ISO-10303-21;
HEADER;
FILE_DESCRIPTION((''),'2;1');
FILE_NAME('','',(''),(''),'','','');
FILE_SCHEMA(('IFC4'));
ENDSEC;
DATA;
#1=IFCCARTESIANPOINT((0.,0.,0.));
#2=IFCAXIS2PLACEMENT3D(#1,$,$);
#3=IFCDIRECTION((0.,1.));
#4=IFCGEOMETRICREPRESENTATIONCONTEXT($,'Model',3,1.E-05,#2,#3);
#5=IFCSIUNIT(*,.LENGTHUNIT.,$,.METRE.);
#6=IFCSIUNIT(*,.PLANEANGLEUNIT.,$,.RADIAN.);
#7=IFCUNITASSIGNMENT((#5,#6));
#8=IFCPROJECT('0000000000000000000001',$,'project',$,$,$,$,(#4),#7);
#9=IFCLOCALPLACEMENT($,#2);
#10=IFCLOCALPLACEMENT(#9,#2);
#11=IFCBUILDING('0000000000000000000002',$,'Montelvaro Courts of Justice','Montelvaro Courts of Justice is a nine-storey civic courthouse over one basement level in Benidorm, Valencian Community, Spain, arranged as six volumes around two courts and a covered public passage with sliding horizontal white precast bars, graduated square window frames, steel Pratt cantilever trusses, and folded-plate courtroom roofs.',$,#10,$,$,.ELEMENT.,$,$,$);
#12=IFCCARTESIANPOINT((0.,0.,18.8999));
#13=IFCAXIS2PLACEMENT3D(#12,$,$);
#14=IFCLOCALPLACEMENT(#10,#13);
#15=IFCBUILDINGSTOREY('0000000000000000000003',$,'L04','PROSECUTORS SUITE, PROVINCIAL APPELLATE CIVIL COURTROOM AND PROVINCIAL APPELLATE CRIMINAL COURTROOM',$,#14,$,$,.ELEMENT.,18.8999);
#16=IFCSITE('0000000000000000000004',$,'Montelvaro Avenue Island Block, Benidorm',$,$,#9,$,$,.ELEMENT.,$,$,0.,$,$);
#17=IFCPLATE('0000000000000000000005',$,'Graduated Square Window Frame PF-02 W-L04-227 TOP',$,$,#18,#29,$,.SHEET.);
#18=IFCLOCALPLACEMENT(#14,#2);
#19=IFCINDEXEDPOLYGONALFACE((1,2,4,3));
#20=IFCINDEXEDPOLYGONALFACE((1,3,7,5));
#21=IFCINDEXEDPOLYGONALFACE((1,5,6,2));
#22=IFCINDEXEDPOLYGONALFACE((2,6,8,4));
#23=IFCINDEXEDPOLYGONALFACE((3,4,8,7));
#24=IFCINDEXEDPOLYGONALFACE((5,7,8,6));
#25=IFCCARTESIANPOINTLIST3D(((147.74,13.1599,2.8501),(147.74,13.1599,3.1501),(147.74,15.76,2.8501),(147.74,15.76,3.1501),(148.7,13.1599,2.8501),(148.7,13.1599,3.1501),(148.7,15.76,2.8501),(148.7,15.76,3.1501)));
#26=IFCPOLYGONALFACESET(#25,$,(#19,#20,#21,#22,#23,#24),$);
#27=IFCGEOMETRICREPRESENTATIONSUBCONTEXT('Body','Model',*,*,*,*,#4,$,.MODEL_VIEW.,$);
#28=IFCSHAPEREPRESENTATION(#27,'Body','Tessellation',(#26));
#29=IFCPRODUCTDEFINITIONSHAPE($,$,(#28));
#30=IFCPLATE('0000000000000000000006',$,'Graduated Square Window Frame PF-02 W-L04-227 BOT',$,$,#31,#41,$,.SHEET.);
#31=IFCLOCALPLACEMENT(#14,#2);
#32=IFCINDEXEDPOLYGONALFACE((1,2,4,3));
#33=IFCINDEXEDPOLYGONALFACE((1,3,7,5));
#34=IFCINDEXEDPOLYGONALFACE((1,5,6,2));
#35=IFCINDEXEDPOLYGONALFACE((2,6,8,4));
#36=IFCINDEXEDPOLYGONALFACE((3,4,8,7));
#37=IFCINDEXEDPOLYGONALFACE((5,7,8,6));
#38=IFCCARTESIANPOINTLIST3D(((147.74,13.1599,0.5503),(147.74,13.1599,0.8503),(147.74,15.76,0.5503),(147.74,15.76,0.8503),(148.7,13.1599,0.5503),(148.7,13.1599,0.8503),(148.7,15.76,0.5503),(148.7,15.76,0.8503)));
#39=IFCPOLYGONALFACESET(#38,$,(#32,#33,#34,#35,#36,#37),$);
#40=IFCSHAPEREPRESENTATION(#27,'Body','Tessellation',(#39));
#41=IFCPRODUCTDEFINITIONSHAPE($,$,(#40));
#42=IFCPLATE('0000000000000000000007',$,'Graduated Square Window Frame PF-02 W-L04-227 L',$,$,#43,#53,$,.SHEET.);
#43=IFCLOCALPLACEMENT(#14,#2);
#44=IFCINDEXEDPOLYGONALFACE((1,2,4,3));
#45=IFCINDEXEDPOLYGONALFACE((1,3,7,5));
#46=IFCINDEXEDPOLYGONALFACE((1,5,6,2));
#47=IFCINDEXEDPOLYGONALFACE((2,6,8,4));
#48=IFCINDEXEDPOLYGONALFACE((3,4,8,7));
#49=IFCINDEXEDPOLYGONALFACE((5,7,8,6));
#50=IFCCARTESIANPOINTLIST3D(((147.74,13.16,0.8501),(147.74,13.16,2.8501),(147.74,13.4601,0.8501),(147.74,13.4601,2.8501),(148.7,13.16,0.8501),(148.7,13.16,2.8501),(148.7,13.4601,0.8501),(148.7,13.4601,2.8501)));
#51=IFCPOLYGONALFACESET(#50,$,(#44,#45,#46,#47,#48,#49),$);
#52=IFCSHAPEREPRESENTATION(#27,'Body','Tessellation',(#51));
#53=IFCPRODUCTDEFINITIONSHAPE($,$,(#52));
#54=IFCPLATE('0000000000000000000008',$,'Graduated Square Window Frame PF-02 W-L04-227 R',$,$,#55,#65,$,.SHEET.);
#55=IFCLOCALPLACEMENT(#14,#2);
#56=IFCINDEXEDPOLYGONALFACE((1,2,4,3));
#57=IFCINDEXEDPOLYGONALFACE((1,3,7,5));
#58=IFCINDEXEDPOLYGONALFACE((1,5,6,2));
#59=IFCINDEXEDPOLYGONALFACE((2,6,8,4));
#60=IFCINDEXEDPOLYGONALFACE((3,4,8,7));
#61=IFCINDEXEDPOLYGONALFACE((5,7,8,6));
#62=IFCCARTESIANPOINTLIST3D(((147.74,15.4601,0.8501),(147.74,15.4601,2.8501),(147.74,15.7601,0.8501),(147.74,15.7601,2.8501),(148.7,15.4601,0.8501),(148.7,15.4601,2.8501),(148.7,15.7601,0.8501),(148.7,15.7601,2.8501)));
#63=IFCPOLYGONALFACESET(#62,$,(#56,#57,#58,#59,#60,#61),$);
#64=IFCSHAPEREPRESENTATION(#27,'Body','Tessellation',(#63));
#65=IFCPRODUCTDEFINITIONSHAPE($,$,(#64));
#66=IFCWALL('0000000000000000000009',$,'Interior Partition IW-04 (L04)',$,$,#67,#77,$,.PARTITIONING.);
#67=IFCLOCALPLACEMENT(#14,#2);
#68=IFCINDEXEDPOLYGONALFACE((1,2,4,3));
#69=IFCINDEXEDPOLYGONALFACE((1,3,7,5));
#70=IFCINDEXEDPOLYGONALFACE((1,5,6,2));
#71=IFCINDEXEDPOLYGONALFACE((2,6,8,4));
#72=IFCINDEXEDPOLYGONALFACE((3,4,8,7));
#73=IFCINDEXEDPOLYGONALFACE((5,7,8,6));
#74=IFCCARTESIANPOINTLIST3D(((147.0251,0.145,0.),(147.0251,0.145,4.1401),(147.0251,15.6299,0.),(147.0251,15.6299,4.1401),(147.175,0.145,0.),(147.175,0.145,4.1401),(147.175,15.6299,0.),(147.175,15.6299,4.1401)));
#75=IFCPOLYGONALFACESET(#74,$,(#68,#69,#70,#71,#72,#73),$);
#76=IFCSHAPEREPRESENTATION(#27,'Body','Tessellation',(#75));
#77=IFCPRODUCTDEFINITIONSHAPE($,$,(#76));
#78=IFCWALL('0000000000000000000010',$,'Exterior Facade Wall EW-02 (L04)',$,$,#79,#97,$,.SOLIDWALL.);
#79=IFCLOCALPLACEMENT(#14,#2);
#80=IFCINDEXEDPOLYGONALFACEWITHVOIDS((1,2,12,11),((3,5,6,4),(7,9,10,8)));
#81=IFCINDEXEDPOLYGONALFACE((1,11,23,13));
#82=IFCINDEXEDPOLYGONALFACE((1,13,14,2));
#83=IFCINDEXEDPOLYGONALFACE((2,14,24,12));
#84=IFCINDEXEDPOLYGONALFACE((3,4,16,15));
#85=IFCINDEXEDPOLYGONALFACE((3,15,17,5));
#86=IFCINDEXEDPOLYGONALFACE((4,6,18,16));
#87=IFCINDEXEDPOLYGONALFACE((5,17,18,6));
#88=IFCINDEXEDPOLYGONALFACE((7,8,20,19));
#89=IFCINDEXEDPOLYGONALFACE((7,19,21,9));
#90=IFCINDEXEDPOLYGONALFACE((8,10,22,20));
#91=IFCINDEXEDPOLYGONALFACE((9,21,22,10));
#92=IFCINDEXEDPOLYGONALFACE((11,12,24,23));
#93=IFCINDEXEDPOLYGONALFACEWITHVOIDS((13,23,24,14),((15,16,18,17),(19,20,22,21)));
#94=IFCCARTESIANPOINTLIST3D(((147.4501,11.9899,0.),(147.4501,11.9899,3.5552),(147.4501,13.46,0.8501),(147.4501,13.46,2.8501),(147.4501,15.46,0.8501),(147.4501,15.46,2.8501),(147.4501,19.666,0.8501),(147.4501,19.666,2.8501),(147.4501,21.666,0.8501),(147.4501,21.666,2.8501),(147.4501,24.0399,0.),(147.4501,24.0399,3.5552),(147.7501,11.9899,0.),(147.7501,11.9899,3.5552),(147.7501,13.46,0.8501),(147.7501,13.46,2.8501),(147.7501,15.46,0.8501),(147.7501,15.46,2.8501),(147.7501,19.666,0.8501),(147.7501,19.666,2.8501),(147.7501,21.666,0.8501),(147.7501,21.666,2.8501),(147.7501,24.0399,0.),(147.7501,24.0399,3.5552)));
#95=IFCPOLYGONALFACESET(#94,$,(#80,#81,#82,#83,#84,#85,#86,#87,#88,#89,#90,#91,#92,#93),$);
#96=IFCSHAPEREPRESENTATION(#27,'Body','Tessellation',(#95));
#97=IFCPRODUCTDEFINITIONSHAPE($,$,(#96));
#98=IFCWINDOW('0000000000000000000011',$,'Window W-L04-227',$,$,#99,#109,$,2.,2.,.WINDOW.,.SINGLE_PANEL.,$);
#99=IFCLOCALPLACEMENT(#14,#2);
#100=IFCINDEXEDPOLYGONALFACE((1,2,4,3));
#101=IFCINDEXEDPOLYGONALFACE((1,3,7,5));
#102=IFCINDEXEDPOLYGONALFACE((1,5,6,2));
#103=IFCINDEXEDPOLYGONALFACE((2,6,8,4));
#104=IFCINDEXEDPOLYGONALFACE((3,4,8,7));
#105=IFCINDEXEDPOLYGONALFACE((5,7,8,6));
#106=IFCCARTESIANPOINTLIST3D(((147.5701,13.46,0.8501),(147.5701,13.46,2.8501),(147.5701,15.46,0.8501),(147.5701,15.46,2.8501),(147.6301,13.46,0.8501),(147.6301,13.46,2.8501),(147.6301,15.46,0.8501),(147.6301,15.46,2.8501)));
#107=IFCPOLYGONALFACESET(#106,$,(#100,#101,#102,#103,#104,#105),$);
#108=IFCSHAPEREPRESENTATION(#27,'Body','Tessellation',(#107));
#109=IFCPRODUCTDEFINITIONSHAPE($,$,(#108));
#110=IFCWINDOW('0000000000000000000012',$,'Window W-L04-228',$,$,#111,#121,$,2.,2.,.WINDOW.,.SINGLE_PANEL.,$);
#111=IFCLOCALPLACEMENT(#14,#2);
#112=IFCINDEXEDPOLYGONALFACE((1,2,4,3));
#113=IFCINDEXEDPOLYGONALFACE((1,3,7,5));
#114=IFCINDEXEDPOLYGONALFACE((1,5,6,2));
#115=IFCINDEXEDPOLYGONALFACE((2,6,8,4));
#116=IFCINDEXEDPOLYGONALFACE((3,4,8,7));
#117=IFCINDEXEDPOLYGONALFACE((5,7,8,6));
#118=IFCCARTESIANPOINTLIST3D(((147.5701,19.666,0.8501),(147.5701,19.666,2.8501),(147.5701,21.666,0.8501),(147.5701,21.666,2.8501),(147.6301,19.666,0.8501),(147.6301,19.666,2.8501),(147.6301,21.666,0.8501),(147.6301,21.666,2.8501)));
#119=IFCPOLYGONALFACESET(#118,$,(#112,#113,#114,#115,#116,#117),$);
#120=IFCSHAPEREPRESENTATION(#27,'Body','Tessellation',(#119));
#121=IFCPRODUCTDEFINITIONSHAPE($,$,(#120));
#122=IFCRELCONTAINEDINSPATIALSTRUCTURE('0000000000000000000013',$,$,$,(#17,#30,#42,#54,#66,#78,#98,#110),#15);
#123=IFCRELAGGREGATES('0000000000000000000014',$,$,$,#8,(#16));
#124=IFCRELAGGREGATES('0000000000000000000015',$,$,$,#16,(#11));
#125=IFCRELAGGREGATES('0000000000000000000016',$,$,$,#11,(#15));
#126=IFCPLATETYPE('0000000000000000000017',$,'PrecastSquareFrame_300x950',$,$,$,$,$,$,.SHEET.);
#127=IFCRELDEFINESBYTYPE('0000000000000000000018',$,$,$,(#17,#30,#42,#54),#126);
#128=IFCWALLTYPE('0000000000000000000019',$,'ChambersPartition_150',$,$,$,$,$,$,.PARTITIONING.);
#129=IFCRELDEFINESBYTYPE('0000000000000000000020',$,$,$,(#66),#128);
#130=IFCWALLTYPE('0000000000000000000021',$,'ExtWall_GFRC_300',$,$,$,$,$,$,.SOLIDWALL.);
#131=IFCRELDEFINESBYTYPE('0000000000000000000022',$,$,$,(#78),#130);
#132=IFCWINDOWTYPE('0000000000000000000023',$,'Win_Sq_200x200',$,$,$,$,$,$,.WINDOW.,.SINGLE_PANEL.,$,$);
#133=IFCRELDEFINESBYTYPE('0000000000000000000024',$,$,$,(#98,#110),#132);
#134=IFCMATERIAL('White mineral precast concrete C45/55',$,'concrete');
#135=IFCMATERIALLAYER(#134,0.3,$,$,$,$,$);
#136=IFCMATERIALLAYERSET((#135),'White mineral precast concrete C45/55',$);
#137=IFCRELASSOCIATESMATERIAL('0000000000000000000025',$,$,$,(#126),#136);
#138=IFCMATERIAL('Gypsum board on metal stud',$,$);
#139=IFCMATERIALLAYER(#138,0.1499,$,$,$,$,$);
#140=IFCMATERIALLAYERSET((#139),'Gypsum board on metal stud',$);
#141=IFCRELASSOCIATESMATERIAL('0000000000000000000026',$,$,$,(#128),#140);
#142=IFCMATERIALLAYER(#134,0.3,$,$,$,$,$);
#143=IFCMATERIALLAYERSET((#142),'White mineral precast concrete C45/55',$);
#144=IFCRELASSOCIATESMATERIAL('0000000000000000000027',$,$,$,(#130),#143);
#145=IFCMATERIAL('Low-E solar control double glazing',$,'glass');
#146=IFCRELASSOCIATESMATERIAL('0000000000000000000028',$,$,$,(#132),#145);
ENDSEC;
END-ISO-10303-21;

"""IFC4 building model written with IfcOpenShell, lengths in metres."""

from ifc_helpers import new_model, si_unit, direction, frame, frame_2d, origin, origin_2d, place, context, subcontext, project, spatial, rectangle, extrude, material, layer, layer_set, type_object, element, fill, save


model = new_model("IFC4")

# Units and contexts
model_context = context("Model", 3, precision=1e-05, world=origin(), true_north=direction((0.0, 1.0)))
body_context = subcontext(model_context, "Body", "Model", "MODEL_VIEW")
ifc_project = project(units=[si_unit("LENGTHUNIT", "METRE"), si_unit("PLANEANGLEUNIT", "RADIAN")], contexts=[model_context])

# Site, building, storey
site_placement = place(None, origin())
site = spatial("IfcSite", under=ifc_project, at=site_placement, Name="Montelvaro Avenue Island Block, Benidorm", CompositionType="ELEMENT", RefElevation=0.0)
building_placement = place(site_placement, origin())
building = spatial("IfcBuilding", under=site, at=building_placement, Name="Montelvaro Courts of Justice", Description="Montelvaro Courts of Justice is a nine-storey civic courthouse over one basement level in Benidorm, Valencian Community, Spain, arranged as six volumes around two courts and a covered public passage with sliding horizontal white precast bars, graduated square window frames, steel Pratt cantilever trusses, and folded-plate courtroom roofs.", CompositionType="ELEMENT")
storey_placement = place(building_placement, frame((0.0, 0.0, 18.8999)))
storey = spatial("IfcBuildingStorey", under=building, at=storey_placement, Name="L04", Description="PROSECUTORS SUITE, PROVINCIAL APPELLATE CIVIL COURTROOM AND PROVINCIAL APPELLATE CRIMINAL COURTROOM", CompositionType="ELEMENT", Elevation=18.8999)

# Plates
ifc_material_1 = material(Name="White mineral precast concrete C45/55", Category="concrete")
ifc_layer_1 = layer(ifc_material_1, 0.3)
ifc_layer_set_1 = layer_set([ifc_layer_1], Name="White mineral precast concrete C45/55")
plate_type = type_object("IfcPlateType", Name="PrecastSquareFrame_300x950", PredefinedType="SHEET", material=ifc_layer_set_1)
for number, where, z_axis, x_axis, name in (
    (1, (148.22, 14.46, 2.8501), (0.0, 0.0, 1.0), (0.0, 1.0, 0.0), "Graduated Square Window Frame PF-02 W-L04-227 TOP"),
    (2, (148.22, 14.46, 0.5503), (0.0, 0.0, 1.0), (0.0, 1.0, 0.0), "Graduated Square Window Frame PF-02 W-L04-227 BOT"),
):
    element("IfcPlate", number, at=place(storey_placement, frame(where, z_axis=z_axis, x_axis=x_axis)), inside=storey, type_object=plate_type, Name=name, PredefinedType="SHEET", context=body_context, shape_type="SweptSolid", body=[
        extrude(rectangle(XDim=2.6001, YDim=0.96, at=origin_2d()), origin(), (0.0, 0.0, 1.0), 0.3),
    ])
for number, where, z_axis, x_axis, name in (
    (3, (148.22, 13.3101, 0.8501), (0.0, 0.0, 1.0), (0.0, 1.0, 0.0), "Graduated Square Window Frame PF-02 W-L04-227 L"),
    (4, (148.22, 15.6101, 0.8501), (0.0, 0.0, 1.0), (0.0, 1.0, 0.0), "Graduated Square Window Frame PF-02 W-L04-227 R"),
):
    element("IfcPlate", number, at=place(storey_placement, frame(where, z_axis=z_axis, x_axis=x_axis)), inside=storey, type_object=plate_type, Name=name, PredefinedType="SHEET", context=body_context, shape_type="SweptSolid", body=[
        extrude(rectangle(XDim=0.3, YDim=0.96, at=origin_2d()), origin(), (0.0, 0.0, 1.0), 2.0),
    ])

# Wall
ifc_material_2 = material(Name="Gypsum board on metal stud")
ifc_layer_2 = layer(ifc_material_2, 0.1499)
ifc_layer_set_2 = layer_set([ifc_layer_2], Name="Gypsum board on metal stud")
wall_type_1 = type_object("IfcWallType", Name="ChambersPartition_150", PredefinedType="PARTITIONING", material=ifc_layer_set_2)
wall_1_placement = place(storey_placement, frame((147.1001, 15.6299, 0.0), z_axis=(0.0, 0.0, 1.0), x_axis=(0.0, -1.0, 0.0)))
element("IfcWall", 5, at=wall_1_placement, inside=storey, type_object=wall_type_1, Name="Interior Partition IW-04 (L04)", PredefinedType="PARTITIONING", context=body_context, shape_type="SweptSolid", body=[
    extrude(rectangle(XDim=15.4849, YDim=0.1499, at=frame_2d((7.7424, 0.0))), origin(), (0.0, 0.0, 1.0), 4.1401),
])

# Wall, openings, windows
ifc_layer_3 = layer(ifc_material_1, 0.3)
ifc_layer_set_3 = layer_set([ifc_layer_3], Name="White mineral precast concrete C45/55")
wall_type_2 = type_object("IfcWallType", Name="ExtWall_GFRC_300", PredefinedType="SOLIDWALL", material=ifc_layer_set_3)
wall_2_placement = place(storey_placement, frame((147.6001, 11.99, 0.0), z_axis=(0.0, 0.0, 1.0), x_axis=(0.0, 1.0, 0.0)))
wall_2 = element("IfcWall", 6, at=wall_2_placement, inside=storey, type_object=wall_type_2, Name="Exterior Facade Wall EW-02 (L04)", PredefinedType="SOLIDWALL", context=body_context, shape_type="SweptSolid", body=[
    extrude(rectangle(XDim=12.05, YDim=0.3, at=frame_2d((6.0249, 0.0))), origin(), (0.0, 0.0, 1.0), 3.5552),
])
opening_1_placement = place(wall_2_placement, frame((1.47, 0.0, 0.8501)))
opening_1 = element("IfcOpeningElement", 7, at=opening_1_placement, cuts=wall_2, PredefinedType="OPENING", context=body_context, shape_type="SweptSolid", body=[
    extrude(rectangle(XDim=2.0, YDim=2.0, at=frame_2d((1.0, 1.0))), frame((0.0, 0.165, 0.0), z_axis=(0.0, -1.0, 0.0), x_axis=(1.0, 0.0, 0.0)), (0.0, 0.0, 1.0), 0.3298),
])
opening_2_placement = place(wall_2_placement, frame((7.676, 0.0, 0.8501)))
opening_2 = element("IfcOpeningElement", 8, at=opening_2_placement, cuts=wall_2, PredefinedType="OPENING", context=body_context, shape_type="SweptSolid", body=[
    extrude(rectangle(XDim=2.0, YDim=2.0, at=frame_2d((1.0, 1.0))), frame((0.0, 0.165, 0.0), z_axis=(0.0, -1.0, 0.0), x_axis=(1.0, 0.0, 0.0)), (0.0, 0.0, 1.0), 0.3298),
])
ifc_material_3 = material(Name="Low-E solar control double glazing", Category="glass")
window_type = type_object("IfcWindowType", Name="Win_Sq_200x200", PartitioningType="SINGLE_PANEL", PredefinedType="WINDOW", material=ifc_material_3)
window_1_placement = place(opening_1_placement, origin())
window_1 = element("IfcWindow", 9, at=window_1_placement, inside=storey, type_object=window_type, Name="Window W-L04-227", OverallHeight=2.0, OverallWidth=2.0, PartitioningType="SINGLE_PANEL", PredefinedType="WINDOW", context=body_context, shape_type="SweptSolid", body=[
    extrude(rectangle(XDim=2.0, YDim=2.0, at=frame_2d((1.0, 1.0))), frame((0.0, 0.03, 0.0), z_axis=(0.0, -1.0, 0.0), x_axis=(1.0, 0.0, 0.0)), (0.0, 0.0, 1.0), 0.0601),
])
fill(opening_1, window_1)
window_2_placement = place(opening_2_placement, origin())
window_2 = element("IfcWindow", 10, at=window_2_placement, inside=storey, type_object=window_type, Name="Window W-L04-228", OverallHeight=2.0, OverallWidth=2.0, PartitioningType="SINGLE_PANEL", PredefinedType="WINDOW", context=body_context, shape_type="SweptSolid", body=[
    extrude(rectangle(XDim=2.0, YDim=2.0, at=frame_2d((1.0, 1.0))), frame((0.0, 0.03, 0.0), z_axis=(0.0, -1.0, 0.0), x_axis=(1.0, 0.0, 0.0)), (0.0, 0.0, 1.0), 0.0601),
])
fill(opening_2, window_2)

save(model, "model.ifc")
